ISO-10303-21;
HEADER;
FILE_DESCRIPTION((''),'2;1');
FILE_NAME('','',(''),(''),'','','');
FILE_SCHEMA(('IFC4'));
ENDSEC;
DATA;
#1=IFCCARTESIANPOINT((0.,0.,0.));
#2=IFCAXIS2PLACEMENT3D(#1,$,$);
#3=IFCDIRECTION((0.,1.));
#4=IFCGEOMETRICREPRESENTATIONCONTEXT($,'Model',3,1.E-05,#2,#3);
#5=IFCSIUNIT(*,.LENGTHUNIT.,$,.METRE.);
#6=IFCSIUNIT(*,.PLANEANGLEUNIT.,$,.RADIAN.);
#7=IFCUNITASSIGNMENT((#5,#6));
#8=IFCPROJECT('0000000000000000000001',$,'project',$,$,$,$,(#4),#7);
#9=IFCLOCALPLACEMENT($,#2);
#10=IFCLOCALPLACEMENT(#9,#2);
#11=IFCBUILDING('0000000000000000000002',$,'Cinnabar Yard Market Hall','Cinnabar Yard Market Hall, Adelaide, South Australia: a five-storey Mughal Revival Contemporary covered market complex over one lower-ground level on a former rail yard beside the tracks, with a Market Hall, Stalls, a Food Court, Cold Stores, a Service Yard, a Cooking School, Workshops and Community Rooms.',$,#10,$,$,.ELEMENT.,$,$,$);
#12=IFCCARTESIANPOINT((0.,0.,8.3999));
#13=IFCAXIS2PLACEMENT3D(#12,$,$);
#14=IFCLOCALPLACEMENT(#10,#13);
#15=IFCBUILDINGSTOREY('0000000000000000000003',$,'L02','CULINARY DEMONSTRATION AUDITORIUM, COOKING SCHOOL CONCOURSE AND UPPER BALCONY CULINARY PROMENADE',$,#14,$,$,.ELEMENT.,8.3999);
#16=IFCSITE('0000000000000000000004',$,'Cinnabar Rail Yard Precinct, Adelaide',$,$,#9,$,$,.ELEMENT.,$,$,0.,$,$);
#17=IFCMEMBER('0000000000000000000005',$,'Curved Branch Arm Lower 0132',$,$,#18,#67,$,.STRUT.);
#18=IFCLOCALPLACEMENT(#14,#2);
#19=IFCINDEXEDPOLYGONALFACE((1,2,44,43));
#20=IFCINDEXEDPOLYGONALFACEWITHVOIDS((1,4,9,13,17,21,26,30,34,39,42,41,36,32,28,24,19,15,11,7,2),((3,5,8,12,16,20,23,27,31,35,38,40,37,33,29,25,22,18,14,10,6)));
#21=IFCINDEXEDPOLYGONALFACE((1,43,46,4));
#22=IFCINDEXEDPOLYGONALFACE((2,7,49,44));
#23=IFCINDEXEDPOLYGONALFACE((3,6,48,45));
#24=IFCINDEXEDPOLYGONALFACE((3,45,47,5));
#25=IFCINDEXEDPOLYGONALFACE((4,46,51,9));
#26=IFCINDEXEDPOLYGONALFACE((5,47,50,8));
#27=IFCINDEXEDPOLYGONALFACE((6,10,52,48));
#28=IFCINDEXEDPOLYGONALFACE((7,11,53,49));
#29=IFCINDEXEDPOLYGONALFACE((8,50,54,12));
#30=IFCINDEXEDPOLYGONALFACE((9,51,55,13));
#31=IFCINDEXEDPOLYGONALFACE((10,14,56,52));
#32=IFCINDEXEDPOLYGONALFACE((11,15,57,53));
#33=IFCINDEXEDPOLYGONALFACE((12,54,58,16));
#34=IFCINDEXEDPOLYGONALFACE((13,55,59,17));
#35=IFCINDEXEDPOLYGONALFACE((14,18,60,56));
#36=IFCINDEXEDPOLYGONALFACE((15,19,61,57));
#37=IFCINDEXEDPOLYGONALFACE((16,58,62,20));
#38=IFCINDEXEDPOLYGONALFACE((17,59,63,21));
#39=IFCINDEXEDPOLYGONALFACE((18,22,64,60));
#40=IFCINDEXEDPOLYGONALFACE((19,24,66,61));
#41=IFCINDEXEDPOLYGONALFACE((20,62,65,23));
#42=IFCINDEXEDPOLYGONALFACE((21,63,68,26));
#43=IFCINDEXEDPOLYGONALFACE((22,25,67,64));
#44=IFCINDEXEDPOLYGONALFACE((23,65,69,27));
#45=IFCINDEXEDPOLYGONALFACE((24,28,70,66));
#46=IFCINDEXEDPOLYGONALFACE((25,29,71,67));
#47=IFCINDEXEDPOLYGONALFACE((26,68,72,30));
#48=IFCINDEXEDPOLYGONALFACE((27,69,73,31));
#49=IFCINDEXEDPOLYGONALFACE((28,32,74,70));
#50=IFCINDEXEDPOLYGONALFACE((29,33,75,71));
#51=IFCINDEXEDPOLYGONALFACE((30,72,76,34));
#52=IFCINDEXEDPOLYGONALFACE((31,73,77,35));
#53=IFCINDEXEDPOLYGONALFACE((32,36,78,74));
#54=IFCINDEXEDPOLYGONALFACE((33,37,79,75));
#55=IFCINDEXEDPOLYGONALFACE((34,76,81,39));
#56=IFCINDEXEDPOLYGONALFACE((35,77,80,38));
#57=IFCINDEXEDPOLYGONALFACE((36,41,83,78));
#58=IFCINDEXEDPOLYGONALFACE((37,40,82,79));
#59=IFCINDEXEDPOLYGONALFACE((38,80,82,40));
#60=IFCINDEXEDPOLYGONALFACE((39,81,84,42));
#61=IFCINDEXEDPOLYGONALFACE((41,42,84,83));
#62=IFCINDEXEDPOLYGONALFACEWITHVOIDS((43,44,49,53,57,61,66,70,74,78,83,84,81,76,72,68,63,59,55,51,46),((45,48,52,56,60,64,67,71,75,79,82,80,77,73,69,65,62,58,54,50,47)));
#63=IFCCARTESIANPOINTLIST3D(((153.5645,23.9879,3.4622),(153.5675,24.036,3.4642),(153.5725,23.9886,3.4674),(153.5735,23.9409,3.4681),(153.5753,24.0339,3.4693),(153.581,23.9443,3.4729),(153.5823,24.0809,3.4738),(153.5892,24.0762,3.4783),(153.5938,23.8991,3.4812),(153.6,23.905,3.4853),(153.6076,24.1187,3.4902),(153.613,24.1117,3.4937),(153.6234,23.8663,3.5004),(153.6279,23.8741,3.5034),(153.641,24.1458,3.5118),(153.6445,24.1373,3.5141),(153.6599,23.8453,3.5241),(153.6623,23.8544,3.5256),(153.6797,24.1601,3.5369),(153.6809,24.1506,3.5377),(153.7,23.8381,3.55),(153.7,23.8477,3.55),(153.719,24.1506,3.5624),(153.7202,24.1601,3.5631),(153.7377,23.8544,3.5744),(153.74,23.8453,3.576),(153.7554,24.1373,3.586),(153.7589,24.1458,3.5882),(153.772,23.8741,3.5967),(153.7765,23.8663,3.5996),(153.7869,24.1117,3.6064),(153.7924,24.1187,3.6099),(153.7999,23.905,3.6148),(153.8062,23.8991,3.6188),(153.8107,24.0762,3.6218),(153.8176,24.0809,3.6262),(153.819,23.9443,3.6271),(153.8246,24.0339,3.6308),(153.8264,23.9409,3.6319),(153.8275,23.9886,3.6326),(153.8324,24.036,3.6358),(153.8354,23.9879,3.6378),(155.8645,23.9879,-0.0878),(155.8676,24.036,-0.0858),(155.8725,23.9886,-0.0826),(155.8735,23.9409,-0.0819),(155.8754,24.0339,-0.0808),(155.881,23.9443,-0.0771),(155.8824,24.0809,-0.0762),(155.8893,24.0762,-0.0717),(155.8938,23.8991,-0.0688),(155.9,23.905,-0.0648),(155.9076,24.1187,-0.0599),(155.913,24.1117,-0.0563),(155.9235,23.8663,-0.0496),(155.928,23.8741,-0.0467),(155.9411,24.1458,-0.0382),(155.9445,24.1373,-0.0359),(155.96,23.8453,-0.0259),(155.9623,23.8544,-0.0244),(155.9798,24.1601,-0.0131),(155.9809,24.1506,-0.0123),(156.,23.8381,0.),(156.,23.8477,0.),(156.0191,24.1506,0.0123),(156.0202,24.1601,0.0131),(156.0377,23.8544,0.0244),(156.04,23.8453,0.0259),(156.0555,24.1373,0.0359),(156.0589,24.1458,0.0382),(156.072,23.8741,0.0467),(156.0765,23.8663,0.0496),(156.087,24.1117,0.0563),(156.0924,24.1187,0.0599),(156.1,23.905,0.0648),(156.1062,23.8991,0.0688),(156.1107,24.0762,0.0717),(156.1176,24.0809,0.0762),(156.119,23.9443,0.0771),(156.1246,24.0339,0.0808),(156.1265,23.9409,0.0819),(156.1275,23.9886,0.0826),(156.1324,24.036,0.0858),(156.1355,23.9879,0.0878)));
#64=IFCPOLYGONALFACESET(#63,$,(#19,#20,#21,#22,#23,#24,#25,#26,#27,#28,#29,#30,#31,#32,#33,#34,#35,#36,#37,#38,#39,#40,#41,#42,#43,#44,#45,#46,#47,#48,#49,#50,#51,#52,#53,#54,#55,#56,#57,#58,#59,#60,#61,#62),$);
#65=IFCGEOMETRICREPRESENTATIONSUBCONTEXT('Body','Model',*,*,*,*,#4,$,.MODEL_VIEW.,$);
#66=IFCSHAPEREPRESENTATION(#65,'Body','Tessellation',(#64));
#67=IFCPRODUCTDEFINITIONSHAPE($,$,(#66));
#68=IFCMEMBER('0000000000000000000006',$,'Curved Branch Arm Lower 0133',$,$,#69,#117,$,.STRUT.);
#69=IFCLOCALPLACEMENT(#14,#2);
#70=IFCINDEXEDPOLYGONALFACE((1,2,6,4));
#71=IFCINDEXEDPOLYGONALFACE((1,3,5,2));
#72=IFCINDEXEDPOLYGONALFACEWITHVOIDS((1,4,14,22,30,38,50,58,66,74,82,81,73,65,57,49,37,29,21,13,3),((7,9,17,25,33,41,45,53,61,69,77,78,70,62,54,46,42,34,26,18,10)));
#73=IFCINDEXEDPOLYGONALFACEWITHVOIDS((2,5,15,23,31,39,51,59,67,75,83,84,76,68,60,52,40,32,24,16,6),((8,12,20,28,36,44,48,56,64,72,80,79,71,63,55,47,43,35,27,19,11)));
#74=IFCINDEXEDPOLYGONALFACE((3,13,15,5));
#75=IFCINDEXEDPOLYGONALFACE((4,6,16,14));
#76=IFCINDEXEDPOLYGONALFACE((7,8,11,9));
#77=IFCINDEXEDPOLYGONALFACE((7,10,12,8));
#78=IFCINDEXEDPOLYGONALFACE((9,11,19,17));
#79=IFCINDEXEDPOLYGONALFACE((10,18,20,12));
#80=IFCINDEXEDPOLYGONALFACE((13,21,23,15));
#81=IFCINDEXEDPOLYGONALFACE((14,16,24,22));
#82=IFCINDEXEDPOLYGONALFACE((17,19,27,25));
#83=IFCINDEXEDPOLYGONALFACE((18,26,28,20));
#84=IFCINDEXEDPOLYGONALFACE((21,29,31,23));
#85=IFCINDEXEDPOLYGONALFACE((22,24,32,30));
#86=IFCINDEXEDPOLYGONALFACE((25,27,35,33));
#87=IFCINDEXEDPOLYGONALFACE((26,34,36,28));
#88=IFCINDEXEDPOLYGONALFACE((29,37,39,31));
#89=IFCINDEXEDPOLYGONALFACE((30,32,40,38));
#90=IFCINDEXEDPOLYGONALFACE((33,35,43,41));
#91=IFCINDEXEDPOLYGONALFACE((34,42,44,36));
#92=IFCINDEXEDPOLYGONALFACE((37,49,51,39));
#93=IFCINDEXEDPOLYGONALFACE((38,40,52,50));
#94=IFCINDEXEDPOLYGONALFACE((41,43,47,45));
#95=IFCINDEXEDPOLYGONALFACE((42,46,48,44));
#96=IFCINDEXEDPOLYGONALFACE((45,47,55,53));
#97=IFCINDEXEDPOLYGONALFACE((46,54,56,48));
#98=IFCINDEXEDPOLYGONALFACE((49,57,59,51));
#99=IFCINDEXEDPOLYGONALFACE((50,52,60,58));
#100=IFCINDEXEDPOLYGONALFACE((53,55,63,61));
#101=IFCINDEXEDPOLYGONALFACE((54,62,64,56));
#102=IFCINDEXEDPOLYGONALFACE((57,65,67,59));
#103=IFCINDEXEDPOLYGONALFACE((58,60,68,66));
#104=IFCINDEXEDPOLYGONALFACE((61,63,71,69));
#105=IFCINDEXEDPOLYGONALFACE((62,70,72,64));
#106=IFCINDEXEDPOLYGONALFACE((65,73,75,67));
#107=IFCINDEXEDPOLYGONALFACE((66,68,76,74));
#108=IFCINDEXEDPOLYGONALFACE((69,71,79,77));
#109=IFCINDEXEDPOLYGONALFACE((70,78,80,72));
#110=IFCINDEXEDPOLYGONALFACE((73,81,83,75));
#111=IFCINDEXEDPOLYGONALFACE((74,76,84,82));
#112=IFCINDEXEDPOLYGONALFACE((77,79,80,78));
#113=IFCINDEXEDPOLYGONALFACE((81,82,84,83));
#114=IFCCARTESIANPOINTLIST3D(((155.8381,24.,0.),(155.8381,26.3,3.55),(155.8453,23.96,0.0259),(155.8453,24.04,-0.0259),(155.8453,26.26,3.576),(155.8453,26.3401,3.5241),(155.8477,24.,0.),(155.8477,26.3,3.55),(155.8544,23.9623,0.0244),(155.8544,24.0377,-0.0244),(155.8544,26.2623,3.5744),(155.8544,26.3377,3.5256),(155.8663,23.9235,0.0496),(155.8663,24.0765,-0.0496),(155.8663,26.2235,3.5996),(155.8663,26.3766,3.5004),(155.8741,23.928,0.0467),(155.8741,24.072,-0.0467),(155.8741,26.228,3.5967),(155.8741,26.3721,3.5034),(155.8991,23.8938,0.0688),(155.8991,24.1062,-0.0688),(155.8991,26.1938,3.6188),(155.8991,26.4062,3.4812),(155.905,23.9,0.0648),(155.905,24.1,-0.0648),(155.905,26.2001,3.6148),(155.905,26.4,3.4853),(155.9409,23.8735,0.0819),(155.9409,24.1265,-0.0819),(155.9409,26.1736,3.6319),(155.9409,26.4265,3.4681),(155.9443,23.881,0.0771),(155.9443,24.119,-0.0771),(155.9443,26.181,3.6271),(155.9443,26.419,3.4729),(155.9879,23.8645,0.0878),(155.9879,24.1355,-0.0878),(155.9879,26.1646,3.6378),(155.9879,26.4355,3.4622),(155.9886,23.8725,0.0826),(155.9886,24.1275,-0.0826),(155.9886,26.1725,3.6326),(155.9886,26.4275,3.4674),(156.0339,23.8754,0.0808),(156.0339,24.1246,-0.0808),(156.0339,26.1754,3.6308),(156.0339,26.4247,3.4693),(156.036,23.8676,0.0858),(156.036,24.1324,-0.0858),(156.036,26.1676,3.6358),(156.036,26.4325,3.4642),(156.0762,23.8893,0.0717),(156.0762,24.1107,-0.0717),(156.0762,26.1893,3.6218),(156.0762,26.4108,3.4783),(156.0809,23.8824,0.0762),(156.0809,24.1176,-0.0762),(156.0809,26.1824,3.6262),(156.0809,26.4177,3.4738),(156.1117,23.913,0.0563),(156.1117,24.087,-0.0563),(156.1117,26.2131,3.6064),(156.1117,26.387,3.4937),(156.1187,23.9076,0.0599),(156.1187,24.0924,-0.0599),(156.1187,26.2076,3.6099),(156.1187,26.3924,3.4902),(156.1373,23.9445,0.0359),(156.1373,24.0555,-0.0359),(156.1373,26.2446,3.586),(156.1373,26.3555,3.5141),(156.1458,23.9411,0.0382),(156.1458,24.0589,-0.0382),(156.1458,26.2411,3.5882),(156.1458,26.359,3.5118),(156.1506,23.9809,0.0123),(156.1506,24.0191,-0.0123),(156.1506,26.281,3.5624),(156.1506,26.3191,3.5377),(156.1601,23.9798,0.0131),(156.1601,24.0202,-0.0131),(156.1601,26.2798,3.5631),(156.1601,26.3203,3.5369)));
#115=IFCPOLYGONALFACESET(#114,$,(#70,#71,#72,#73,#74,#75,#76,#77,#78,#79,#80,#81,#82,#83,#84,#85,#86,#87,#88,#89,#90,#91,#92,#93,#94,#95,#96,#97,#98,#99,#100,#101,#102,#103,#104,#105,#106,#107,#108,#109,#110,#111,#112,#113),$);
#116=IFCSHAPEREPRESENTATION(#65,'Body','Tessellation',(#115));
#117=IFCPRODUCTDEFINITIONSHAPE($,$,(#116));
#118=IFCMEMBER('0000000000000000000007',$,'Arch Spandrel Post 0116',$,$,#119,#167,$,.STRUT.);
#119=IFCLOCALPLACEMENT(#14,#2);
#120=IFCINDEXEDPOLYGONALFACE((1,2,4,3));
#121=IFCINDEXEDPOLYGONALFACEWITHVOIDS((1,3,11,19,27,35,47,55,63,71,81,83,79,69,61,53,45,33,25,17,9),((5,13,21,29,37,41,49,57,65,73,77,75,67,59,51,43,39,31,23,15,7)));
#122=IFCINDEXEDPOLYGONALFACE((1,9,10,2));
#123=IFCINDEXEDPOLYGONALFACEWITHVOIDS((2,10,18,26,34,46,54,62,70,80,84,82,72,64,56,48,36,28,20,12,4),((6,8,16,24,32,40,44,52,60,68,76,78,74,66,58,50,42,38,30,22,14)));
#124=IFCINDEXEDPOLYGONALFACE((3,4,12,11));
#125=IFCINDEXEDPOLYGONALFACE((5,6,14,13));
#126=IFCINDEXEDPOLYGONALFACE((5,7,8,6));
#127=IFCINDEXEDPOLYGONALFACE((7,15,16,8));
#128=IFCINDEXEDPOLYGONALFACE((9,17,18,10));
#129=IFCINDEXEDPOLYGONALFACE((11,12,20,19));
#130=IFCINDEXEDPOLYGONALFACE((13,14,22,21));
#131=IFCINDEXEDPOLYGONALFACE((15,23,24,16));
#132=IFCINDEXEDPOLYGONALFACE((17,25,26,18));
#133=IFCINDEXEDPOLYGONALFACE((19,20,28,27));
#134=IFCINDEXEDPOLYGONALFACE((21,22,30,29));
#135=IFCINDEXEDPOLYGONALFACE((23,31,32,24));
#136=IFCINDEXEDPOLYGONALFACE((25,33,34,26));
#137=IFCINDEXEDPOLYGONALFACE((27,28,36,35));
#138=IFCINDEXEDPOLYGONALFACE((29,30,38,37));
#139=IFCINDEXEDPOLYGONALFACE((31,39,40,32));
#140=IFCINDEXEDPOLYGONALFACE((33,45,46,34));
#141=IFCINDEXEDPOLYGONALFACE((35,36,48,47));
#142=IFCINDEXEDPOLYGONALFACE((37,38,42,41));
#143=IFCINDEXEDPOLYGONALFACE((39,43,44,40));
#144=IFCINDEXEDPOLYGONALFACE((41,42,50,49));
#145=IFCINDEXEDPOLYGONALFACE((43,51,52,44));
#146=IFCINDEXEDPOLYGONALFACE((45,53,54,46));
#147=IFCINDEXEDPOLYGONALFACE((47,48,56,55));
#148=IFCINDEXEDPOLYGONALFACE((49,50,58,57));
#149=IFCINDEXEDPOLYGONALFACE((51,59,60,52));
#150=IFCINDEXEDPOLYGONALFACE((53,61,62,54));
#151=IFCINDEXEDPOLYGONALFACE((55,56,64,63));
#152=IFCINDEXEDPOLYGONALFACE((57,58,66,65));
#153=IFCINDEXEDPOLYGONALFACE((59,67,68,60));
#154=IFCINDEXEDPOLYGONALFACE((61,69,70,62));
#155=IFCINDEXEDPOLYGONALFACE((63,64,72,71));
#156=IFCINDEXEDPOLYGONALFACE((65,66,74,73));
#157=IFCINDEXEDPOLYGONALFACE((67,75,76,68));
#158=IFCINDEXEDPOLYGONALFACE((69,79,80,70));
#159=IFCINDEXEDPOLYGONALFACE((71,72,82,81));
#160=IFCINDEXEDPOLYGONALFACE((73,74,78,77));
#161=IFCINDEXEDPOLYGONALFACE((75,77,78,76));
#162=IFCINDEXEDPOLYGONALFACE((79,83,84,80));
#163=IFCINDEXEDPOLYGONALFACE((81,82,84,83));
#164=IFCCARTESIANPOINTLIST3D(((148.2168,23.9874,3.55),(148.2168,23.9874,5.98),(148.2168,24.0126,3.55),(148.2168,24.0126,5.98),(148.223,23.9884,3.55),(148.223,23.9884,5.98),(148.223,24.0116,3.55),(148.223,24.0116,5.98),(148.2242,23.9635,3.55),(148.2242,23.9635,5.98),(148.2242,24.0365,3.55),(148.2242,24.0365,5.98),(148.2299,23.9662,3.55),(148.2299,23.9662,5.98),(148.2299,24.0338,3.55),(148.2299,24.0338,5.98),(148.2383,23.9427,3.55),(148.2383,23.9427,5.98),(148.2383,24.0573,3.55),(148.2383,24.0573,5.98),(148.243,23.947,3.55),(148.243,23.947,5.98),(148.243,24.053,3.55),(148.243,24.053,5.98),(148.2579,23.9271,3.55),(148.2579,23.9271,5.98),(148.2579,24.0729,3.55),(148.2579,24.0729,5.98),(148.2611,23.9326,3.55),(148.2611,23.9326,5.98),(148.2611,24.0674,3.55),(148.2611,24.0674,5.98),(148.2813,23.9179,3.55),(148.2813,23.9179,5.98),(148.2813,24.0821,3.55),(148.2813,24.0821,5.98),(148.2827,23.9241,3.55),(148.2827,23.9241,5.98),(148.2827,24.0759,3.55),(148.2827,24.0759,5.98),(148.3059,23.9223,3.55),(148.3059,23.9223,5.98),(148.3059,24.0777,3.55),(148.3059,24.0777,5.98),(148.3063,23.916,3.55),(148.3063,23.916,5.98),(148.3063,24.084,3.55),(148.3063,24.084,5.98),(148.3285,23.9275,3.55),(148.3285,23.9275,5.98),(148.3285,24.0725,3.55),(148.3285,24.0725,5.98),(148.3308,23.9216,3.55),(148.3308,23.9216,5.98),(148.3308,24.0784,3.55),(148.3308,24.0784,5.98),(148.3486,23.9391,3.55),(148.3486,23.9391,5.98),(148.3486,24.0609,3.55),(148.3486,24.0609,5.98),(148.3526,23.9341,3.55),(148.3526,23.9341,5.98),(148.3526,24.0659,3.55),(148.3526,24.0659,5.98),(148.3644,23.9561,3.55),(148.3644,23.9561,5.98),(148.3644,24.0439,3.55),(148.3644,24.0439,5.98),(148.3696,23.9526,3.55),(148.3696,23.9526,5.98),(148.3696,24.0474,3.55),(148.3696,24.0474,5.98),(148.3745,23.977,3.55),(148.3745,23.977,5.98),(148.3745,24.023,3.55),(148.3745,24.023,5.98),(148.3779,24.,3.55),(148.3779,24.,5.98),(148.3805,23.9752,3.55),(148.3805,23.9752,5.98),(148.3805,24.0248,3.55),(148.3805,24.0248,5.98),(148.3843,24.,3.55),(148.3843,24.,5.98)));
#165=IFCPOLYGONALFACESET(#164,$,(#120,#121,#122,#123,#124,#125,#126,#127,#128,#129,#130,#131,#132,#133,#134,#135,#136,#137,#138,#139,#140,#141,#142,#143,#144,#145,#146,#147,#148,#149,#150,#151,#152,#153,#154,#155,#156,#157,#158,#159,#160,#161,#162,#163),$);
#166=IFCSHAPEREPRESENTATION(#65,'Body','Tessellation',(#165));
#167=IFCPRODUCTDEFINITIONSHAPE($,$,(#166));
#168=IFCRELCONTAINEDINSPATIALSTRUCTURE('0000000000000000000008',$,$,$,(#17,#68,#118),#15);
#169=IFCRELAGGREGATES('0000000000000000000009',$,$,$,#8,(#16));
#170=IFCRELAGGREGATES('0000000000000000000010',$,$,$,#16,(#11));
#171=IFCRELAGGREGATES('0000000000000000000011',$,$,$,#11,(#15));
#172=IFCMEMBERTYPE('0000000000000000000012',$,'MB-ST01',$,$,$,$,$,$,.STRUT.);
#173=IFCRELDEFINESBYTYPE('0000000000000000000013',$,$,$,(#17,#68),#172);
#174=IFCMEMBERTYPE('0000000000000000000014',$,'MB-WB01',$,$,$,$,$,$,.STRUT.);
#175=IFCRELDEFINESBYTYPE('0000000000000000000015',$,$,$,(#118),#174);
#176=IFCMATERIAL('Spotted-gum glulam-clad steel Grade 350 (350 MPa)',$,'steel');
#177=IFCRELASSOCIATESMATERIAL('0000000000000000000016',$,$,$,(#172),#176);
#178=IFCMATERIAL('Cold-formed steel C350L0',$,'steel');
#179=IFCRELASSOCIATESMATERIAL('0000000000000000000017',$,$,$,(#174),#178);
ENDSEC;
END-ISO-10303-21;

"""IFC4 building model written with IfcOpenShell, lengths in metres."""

from ifc_helpers import new_model, si_unit, direction, frame, origin, origin_2d_with_axis, place, context, subcontext, project, spatial, hollow_circle, extrude, material, material_profile, profile_set, type_object, element, save


model = new_model("IFC4")

# Units and contexts
model_context = context("Model", 3, precision=1e-05, world=origin(), true_north=direction((0.0, 1.0)))
body_context = subcontext(model_context, "Body", "Model", "MODEL_VIEW")
ifc_project = project(units=[si_unit("LENGTHUNIT", "METRE"), si_unit("PLANEANGLEUNIT", "RADIAN")], contexts=[model_context])

# Site, building, storey
site_placement = place(None, origin())
site = spatial("IfcSite", under=ifc_project, at=site_placement, Name="Cinnabar Rail Yard Precinct, Adelaide", CompositionType="ELEMENT", RefElevation=0.0)
building_placement = place(site_placement, origin())
building = spatial("IfcBuilding", under=site, at=building_placement, Name="Cinnabar Yard Market Hall", Description="Cinnabar Yard Market Hall, Adelaide, South Australia: a five-storey Mughal Revival Contemporary covered market complex over one lower-ground level on a former rail yard beside the tracks, with a Market Hall, Stalls, a Food Court, Cold Stores, a Service Yard, a Cooking School, Workshops and Community Rooms.", CompositionType="ELEMENT")
storey_placement = place(building_placement, frame((0.0, 0.0, 8.3999)))
storey = spatial("IfcBuildingStorey", under=building, at=storey_placement, Name="L02", Description="CULINARY DEMONSTRATION AUDITORIUM, COOKING SCHOOL CONCOURSE AND UPPER BALCONY CULINARY PROMENADE", CompositionType="ELEMENT", Elevation=8.3999)

# Shared definitions
ifc_material_1 = material(Name="Spotted-gum glulam-clad steel Grade 350 (350 MPa)", Category="steel")
ifc_material_2 = material(Name="Cold-formed steel C350L0", Category="steel")

# Members
ifc_material_profile_1 = material_profile(ifc_material_1, hollow_circle(Radius=0.1619, WallThickness=0.0095, at=origin_2d_with_axis()), Name="323.9x9.5CHS")
ifc_profile_set_1 = profile_set([ifc_material_profile_1], Name="Spotted-gum glulam-clad steel Grade 350 (350 MPa)")
member_type_1 = type_object("IfcMemberType", Name="MB-ST01", PredefinedType="STRUT", material=ifc_profile_set_1)
for number, where, z_axis, x_axis, name in (
    (1, (156.0, 24.0, 0.0), (-0.543744, 0.0, 0.839251), (0.0, -1.0, 0.0), "Curved Branch Arm Lower 0132"),
    (2, (156.0, 24.0, 0.0), (0.0, 0.543744, 0.839251), (-1.0, 0.0, 0.0), "Curved Branch Arm Lower 0133"),
):
    element("IfcMember", number, at=place(storey_placement, frame(where, z_axis=z_axis, x_axis=x_axis)), inside=storey, type_object=member_type_1, Name=name, PredefinedType="STRUT", context=body_context, shape_type="SweptSolid", body=[
        extrude(hollow_circle(Radius=0.1619, WallThickness=0.0095, at=origin_2d_with_axis()), origin(), (0.0, 0.0, 1.0), 4.23),
    ])
ifc_material_profile_2 = material_profile(ifc_material_2, hollow_circle(Radius=0.0842, WallThickness=0.0063, at=origin_2d_with_axis()), Name="168.3x6.4CHS")
ifc_profile_set_2 = profile_set([ifc_material_profile_2], Name="Cold-formed steel C350L0")
member_type_2 = type_object("IfcMemberType", Name="MB-WB01", PredefinedType="STRUT", material=ifc_profile_set_2)
for number, where, z_axis, x_axis, name in (
    (3, (148.3, 24.0, 3.55), (0.0, 0.0, 1.0), (1.0, 0.0, 0.0), "Arch Spandrel Post 0116"),
):
    element("IfcMember", number, at=place(storey_placement, frame(where, z_axis=z_axis, x_axis=x_axis)), inside=storey, type_object=member_type_2, Name=name, PredefinedType="STRUT", context=body_context, shape_type="SweptSolid", body=[
        extrude(hollow_circle(Radius=0.0842, WallThickness=0.0063, at=origin_2d_with_axis()), origin(), (0.0, 0.0, 1.0), 2.4299),
    ])

save(model, "model.ifc")
